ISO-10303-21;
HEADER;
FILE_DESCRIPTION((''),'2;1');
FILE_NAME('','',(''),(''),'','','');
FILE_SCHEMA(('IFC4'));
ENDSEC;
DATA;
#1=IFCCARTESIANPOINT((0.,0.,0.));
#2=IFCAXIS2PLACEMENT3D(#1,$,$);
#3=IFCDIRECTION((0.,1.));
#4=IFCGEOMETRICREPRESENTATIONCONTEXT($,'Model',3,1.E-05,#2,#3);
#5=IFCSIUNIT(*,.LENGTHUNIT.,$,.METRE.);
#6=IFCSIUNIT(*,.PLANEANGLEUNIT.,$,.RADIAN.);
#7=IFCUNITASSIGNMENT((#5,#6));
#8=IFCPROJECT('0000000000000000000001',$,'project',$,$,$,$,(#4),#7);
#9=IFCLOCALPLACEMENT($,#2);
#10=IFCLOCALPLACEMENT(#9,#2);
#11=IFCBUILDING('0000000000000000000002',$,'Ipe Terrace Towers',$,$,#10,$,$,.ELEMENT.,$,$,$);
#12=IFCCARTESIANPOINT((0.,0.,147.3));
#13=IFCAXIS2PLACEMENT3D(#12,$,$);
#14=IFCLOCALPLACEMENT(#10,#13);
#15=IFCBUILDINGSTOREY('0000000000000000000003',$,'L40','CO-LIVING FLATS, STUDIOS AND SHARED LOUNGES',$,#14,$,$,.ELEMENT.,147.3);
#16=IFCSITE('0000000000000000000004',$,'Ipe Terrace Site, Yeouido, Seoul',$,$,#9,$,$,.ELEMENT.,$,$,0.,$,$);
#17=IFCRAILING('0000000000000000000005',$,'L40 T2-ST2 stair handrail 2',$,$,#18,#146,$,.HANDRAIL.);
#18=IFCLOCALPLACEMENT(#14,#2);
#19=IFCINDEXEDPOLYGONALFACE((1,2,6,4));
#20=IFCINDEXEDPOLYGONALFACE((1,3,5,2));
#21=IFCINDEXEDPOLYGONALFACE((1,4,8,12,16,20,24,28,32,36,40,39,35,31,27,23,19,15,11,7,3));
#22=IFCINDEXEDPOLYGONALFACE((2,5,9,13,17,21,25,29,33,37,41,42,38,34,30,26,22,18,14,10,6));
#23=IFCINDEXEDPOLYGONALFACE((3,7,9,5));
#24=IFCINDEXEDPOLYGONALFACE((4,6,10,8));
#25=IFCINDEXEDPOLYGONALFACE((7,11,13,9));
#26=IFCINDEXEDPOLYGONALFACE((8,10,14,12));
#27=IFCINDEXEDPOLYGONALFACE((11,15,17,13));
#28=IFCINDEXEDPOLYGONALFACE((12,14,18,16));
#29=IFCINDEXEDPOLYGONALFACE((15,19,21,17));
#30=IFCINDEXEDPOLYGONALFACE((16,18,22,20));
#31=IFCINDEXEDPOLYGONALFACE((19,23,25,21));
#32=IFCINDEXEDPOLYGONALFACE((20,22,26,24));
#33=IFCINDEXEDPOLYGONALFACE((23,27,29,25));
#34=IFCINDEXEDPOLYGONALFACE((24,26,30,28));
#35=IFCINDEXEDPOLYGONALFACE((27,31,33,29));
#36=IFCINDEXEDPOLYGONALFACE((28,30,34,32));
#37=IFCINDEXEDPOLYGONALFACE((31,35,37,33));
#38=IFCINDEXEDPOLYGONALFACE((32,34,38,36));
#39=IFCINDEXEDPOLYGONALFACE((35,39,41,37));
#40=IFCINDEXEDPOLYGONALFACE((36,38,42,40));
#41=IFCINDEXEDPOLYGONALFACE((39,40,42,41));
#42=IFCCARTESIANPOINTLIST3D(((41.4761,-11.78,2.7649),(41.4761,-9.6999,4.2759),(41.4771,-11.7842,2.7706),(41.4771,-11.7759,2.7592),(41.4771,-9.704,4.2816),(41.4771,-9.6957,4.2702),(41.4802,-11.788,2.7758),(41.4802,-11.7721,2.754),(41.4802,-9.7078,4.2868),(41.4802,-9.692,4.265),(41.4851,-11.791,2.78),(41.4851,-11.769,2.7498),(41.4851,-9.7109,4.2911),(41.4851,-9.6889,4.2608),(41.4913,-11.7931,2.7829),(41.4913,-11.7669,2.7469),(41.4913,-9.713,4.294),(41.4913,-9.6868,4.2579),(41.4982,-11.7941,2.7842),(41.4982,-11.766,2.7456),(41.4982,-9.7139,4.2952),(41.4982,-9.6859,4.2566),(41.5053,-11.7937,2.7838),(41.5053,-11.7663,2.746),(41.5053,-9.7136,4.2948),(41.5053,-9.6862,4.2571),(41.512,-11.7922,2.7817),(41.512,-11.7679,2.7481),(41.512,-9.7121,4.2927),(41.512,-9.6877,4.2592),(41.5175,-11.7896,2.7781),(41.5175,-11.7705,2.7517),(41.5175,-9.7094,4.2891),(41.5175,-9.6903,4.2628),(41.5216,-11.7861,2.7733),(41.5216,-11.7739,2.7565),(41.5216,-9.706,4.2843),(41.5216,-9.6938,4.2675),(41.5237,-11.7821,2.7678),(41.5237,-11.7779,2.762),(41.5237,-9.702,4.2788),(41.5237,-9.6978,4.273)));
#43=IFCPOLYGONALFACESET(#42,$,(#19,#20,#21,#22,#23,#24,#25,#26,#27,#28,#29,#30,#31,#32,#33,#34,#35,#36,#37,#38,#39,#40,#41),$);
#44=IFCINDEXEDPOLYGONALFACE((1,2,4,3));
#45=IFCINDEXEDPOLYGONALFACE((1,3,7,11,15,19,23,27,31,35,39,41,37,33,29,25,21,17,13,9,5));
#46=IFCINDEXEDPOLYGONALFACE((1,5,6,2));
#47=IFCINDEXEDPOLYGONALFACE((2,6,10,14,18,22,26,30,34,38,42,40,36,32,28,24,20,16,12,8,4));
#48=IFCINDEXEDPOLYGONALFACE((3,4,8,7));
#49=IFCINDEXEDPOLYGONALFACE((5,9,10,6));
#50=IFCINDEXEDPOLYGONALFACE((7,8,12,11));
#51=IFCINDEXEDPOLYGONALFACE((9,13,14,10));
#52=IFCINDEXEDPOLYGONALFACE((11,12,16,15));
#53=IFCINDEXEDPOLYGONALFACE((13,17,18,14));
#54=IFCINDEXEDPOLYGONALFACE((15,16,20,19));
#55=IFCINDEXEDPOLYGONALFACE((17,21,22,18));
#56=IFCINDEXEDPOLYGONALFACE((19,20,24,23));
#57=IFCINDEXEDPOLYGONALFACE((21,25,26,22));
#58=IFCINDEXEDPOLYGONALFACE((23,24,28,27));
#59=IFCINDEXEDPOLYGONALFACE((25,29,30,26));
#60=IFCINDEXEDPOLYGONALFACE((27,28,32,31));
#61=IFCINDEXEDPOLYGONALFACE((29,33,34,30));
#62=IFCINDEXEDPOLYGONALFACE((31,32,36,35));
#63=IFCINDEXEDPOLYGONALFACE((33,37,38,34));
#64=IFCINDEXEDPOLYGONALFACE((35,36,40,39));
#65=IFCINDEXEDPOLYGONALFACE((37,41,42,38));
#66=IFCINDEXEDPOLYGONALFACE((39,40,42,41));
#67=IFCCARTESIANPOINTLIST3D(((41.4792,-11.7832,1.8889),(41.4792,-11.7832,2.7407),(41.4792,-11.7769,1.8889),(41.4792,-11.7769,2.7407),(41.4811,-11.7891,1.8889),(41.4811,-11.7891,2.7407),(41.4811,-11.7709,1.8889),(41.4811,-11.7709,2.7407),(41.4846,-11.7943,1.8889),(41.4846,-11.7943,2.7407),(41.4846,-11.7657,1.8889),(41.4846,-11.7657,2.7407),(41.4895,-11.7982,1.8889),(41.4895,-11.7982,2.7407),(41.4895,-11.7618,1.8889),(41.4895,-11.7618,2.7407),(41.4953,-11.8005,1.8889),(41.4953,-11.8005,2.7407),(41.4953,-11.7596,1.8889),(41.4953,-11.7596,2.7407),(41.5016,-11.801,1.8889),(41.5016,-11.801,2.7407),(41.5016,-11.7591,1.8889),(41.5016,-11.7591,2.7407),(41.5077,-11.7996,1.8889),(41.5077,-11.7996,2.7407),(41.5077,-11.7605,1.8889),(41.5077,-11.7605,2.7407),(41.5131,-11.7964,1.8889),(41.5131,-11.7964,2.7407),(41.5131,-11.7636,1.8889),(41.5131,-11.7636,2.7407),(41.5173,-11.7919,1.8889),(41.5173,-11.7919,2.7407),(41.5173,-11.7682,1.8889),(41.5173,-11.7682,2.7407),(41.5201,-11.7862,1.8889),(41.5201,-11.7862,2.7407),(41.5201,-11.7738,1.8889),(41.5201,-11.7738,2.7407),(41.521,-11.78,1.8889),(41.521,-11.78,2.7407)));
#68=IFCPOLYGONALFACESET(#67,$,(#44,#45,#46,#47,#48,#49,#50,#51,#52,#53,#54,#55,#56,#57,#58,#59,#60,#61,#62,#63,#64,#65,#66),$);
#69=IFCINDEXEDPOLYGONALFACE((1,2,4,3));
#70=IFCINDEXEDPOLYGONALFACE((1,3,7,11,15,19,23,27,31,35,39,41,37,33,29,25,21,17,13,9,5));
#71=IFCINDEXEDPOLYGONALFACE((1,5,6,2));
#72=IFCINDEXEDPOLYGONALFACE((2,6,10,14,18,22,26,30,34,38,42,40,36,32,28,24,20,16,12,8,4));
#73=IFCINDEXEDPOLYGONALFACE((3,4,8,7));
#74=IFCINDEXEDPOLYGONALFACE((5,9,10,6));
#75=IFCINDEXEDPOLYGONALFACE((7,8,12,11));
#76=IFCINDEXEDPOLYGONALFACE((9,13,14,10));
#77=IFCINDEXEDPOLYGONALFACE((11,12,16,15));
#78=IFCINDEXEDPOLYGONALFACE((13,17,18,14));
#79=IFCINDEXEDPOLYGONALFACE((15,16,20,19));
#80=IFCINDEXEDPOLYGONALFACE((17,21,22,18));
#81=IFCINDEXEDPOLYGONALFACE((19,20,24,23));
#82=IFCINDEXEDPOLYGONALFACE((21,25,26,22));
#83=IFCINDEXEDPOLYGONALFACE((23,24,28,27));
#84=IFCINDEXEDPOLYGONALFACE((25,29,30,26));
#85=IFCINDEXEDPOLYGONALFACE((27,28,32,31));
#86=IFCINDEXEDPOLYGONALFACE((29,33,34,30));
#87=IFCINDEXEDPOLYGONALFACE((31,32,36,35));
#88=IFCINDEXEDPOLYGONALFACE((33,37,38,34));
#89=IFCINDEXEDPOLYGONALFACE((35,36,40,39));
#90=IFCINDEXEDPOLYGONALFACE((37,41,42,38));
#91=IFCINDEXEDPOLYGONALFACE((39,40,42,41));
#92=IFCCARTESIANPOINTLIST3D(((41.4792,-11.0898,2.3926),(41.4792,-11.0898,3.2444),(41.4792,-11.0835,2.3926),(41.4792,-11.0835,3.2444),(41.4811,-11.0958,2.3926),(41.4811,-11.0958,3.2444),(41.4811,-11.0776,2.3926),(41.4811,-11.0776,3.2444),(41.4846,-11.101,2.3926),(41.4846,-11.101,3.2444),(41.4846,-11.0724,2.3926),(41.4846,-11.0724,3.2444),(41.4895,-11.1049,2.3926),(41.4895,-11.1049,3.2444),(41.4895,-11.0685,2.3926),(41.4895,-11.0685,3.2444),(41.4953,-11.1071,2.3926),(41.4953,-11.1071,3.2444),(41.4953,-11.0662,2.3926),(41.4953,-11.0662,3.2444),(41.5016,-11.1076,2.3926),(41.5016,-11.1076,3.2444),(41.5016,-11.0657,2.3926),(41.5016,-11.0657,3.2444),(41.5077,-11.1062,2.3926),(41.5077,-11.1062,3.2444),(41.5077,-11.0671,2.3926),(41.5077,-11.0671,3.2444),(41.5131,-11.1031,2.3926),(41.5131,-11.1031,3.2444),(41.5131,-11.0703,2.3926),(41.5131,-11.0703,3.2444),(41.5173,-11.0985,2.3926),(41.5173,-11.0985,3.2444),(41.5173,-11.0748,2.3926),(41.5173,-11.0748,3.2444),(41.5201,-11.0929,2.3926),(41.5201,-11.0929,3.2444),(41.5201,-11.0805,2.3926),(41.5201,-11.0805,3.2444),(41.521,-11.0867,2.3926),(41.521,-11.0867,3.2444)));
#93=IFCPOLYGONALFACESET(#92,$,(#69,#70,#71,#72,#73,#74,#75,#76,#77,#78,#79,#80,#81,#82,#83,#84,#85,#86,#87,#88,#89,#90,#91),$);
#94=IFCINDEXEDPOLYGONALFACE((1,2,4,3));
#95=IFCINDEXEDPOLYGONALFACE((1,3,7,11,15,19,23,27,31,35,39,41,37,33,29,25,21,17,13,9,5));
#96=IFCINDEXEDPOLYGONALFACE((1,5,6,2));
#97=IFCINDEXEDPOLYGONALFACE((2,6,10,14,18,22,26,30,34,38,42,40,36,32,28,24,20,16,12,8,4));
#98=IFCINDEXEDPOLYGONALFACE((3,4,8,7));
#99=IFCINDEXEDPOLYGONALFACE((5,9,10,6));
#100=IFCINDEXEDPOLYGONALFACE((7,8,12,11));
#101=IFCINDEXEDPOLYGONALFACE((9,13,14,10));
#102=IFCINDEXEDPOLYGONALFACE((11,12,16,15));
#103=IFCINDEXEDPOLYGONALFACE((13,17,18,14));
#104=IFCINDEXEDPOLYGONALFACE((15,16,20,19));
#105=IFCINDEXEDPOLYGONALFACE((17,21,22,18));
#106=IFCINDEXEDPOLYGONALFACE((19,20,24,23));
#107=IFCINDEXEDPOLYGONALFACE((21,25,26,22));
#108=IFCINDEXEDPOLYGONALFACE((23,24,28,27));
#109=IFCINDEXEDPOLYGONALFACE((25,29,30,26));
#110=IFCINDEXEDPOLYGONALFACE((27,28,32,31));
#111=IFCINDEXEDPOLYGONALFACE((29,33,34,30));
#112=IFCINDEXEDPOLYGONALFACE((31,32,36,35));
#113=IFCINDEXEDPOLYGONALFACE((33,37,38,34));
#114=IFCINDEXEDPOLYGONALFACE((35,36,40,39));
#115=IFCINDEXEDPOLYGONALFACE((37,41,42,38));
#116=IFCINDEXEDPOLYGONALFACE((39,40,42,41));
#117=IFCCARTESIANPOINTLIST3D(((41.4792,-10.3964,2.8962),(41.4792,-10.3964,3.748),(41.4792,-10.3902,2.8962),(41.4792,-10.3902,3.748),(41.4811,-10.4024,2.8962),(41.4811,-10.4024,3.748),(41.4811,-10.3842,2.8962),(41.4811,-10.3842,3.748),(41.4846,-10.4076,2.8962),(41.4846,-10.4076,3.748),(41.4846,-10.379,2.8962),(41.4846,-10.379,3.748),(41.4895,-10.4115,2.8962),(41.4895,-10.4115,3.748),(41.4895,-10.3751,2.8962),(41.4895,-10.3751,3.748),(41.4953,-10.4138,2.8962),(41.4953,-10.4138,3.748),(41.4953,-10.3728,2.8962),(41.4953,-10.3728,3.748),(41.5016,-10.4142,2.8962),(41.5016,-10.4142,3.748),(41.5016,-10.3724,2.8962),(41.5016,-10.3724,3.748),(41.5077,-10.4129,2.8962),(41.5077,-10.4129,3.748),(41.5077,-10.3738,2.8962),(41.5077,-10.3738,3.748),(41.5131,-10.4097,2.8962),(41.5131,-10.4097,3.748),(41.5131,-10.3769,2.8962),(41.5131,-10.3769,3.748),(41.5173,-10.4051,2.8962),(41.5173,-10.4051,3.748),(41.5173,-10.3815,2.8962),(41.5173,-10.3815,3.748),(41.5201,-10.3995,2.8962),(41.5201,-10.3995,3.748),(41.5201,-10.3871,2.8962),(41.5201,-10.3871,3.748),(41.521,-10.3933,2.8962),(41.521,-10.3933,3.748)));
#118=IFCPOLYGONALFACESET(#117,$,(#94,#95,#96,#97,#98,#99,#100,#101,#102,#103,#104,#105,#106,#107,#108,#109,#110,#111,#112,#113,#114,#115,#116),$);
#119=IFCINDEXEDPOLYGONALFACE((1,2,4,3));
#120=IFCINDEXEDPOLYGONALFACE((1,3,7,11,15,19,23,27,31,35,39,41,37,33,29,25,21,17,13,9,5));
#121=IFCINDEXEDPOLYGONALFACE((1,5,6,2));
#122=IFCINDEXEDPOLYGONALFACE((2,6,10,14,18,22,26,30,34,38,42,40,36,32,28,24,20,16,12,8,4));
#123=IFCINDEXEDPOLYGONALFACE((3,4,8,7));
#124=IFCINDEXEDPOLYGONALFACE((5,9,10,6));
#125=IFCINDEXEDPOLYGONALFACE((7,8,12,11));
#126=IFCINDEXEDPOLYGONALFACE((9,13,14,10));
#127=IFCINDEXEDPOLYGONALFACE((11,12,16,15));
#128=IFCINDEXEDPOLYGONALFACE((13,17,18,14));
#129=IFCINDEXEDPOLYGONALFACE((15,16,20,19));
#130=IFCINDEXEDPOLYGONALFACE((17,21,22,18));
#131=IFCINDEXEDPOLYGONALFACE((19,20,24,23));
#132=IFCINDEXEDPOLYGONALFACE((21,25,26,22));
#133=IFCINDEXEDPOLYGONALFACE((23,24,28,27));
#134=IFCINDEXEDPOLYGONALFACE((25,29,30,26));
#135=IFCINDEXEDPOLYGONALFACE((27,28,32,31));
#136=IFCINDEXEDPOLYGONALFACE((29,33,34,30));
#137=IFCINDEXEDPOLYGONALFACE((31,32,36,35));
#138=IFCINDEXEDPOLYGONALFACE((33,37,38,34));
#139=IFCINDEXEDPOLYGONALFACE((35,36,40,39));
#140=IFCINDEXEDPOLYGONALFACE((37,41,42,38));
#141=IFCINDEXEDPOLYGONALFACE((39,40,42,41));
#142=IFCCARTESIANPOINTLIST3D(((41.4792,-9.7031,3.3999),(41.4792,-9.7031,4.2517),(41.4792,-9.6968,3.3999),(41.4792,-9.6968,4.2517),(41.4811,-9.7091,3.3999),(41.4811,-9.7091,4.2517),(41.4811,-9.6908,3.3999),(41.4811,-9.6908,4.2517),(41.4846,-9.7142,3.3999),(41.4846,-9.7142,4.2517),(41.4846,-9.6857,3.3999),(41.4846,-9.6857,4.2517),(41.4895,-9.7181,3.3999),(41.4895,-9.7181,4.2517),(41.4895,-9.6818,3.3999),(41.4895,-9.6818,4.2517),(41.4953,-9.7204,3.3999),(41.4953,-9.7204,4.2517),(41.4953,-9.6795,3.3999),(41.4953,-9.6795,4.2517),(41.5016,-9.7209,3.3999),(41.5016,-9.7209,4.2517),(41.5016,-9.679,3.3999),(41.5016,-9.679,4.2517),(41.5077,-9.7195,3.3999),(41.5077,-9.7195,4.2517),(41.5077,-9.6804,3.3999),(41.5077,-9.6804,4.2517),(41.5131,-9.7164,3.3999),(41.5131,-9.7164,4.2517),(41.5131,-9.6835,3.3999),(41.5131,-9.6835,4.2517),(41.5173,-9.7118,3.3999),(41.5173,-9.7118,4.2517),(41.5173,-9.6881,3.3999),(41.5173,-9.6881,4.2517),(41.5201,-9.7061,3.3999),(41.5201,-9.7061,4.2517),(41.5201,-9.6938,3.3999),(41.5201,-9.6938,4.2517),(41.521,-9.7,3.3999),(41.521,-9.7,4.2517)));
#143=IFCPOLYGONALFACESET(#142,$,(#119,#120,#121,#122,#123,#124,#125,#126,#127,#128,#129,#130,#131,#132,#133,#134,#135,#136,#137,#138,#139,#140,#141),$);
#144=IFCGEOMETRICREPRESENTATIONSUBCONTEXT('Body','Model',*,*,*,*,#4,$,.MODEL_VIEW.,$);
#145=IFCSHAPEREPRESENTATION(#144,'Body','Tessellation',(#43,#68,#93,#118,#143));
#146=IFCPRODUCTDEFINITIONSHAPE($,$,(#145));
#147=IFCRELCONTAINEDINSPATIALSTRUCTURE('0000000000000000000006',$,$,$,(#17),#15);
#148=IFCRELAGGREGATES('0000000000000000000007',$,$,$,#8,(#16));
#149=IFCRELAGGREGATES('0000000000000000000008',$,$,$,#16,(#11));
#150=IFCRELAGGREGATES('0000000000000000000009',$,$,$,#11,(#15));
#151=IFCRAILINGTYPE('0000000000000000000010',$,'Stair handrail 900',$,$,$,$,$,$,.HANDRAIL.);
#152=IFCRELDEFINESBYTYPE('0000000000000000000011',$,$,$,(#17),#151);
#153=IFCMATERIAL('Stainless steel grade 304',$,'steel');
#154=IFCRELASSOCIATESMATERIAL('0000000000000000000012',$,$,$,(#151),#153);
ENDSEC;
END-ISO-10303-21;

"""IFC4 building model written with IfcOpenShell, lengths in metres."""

from ifc_helpers import new_model, si_unit, direction, frame, origin, origin_2d, place, context, subcontext, project, spatial, circle, extrude, material, type_object, element, save


model = new_model("IFC4")

# Units and contexts
model_context = context("Model", 3, precision=1e-05, world=origin(), true_north=direction((0.0, 1.0)))
body_context = subcontext(model_context, "Body", "Model", "MODEL_VIEW")
ifc_project = project(units=[si_unit("LENGTHUNIT", "METRE"), si_unit("PLANEANGLEUNIT", "RADIAN")], contexts=[model_context])

# Site, building, storey
site_placement = place(None, origin())
site = spatial("IfcSite", under=ifc_project, at=site_placement, Name="Ipe Terrace Site, Yeouido, Seoul", CompositionType="ELEMENT", RefElevation=0.0)
building_placement = place(site_placement, origin())
building = spatial("IfcBuilding", under=site, at=building_placement, Name="Ipe Terrace Towers", CompositionType="ELEMENT")
storey_placement = place(building_placement, frame((0.0, 0.0, 147.3)))
storey = spatial("IfcBuildingStorey", under=building, at=storey_placement, Name="L40", Description="CO-LIVING FLATS, STUDIOS AND SHARED LOUNGES", CompositionType="ELEMENT", Elevation=147.3)

# Railing
ifc_material_1 = material(Name="Stainless steel grade 304", Category="steel")
railing_type_1 = type_object("IfcRailingType", Name="Stair handrail 900", PredefinedType="HANDRAIL", material=ifc_material_1)
railing_1_placement = place(storey_placement, frame((41.5, -11.78, 1.8889)))
element("IfcRailing", 1, at=railing_1_placement, inside=storey, type_object=railing_type_1, Name="L40 T2-ST2 stair handrail 2", PredefinedType="HANDRAIL", context=body_context, shape_type="SweptSolid", body=[
    extrude(circle(Radius=0.0239, at=origin_2d()), frame((0.0, 0.0, 0.876), z_axis=(0.0, 0.809069, 0.587714), x_axis=(-1.0, 0.0, 0.0)), (0.0, 0.0, 1.0), 2.571),
    extrude(circle(Radius=0.021, at=origin_2d()), origin(), (0.0, 0.0, 1.0), 0.8518),
    extrude(circle(Radius=0.021, at=origin_2d()), frame((0.0, 0.6934, 0.5037)), (0.0, 0.0, 1.0), 0.8518),
    extrude(circle(Radius=0.021, at=origin_2d()), frame((0.0, 1.3867, 1.0073)), (0.0, 0.0, 1.0), 0.8518),
    extrude(circle(Radius=0.021, at=origin_2d()), frame((0.0, 2.0801, 1.511)), (0.0, 0.0, 1.0), 0.8518),
])

save(model, "model.ifc")
